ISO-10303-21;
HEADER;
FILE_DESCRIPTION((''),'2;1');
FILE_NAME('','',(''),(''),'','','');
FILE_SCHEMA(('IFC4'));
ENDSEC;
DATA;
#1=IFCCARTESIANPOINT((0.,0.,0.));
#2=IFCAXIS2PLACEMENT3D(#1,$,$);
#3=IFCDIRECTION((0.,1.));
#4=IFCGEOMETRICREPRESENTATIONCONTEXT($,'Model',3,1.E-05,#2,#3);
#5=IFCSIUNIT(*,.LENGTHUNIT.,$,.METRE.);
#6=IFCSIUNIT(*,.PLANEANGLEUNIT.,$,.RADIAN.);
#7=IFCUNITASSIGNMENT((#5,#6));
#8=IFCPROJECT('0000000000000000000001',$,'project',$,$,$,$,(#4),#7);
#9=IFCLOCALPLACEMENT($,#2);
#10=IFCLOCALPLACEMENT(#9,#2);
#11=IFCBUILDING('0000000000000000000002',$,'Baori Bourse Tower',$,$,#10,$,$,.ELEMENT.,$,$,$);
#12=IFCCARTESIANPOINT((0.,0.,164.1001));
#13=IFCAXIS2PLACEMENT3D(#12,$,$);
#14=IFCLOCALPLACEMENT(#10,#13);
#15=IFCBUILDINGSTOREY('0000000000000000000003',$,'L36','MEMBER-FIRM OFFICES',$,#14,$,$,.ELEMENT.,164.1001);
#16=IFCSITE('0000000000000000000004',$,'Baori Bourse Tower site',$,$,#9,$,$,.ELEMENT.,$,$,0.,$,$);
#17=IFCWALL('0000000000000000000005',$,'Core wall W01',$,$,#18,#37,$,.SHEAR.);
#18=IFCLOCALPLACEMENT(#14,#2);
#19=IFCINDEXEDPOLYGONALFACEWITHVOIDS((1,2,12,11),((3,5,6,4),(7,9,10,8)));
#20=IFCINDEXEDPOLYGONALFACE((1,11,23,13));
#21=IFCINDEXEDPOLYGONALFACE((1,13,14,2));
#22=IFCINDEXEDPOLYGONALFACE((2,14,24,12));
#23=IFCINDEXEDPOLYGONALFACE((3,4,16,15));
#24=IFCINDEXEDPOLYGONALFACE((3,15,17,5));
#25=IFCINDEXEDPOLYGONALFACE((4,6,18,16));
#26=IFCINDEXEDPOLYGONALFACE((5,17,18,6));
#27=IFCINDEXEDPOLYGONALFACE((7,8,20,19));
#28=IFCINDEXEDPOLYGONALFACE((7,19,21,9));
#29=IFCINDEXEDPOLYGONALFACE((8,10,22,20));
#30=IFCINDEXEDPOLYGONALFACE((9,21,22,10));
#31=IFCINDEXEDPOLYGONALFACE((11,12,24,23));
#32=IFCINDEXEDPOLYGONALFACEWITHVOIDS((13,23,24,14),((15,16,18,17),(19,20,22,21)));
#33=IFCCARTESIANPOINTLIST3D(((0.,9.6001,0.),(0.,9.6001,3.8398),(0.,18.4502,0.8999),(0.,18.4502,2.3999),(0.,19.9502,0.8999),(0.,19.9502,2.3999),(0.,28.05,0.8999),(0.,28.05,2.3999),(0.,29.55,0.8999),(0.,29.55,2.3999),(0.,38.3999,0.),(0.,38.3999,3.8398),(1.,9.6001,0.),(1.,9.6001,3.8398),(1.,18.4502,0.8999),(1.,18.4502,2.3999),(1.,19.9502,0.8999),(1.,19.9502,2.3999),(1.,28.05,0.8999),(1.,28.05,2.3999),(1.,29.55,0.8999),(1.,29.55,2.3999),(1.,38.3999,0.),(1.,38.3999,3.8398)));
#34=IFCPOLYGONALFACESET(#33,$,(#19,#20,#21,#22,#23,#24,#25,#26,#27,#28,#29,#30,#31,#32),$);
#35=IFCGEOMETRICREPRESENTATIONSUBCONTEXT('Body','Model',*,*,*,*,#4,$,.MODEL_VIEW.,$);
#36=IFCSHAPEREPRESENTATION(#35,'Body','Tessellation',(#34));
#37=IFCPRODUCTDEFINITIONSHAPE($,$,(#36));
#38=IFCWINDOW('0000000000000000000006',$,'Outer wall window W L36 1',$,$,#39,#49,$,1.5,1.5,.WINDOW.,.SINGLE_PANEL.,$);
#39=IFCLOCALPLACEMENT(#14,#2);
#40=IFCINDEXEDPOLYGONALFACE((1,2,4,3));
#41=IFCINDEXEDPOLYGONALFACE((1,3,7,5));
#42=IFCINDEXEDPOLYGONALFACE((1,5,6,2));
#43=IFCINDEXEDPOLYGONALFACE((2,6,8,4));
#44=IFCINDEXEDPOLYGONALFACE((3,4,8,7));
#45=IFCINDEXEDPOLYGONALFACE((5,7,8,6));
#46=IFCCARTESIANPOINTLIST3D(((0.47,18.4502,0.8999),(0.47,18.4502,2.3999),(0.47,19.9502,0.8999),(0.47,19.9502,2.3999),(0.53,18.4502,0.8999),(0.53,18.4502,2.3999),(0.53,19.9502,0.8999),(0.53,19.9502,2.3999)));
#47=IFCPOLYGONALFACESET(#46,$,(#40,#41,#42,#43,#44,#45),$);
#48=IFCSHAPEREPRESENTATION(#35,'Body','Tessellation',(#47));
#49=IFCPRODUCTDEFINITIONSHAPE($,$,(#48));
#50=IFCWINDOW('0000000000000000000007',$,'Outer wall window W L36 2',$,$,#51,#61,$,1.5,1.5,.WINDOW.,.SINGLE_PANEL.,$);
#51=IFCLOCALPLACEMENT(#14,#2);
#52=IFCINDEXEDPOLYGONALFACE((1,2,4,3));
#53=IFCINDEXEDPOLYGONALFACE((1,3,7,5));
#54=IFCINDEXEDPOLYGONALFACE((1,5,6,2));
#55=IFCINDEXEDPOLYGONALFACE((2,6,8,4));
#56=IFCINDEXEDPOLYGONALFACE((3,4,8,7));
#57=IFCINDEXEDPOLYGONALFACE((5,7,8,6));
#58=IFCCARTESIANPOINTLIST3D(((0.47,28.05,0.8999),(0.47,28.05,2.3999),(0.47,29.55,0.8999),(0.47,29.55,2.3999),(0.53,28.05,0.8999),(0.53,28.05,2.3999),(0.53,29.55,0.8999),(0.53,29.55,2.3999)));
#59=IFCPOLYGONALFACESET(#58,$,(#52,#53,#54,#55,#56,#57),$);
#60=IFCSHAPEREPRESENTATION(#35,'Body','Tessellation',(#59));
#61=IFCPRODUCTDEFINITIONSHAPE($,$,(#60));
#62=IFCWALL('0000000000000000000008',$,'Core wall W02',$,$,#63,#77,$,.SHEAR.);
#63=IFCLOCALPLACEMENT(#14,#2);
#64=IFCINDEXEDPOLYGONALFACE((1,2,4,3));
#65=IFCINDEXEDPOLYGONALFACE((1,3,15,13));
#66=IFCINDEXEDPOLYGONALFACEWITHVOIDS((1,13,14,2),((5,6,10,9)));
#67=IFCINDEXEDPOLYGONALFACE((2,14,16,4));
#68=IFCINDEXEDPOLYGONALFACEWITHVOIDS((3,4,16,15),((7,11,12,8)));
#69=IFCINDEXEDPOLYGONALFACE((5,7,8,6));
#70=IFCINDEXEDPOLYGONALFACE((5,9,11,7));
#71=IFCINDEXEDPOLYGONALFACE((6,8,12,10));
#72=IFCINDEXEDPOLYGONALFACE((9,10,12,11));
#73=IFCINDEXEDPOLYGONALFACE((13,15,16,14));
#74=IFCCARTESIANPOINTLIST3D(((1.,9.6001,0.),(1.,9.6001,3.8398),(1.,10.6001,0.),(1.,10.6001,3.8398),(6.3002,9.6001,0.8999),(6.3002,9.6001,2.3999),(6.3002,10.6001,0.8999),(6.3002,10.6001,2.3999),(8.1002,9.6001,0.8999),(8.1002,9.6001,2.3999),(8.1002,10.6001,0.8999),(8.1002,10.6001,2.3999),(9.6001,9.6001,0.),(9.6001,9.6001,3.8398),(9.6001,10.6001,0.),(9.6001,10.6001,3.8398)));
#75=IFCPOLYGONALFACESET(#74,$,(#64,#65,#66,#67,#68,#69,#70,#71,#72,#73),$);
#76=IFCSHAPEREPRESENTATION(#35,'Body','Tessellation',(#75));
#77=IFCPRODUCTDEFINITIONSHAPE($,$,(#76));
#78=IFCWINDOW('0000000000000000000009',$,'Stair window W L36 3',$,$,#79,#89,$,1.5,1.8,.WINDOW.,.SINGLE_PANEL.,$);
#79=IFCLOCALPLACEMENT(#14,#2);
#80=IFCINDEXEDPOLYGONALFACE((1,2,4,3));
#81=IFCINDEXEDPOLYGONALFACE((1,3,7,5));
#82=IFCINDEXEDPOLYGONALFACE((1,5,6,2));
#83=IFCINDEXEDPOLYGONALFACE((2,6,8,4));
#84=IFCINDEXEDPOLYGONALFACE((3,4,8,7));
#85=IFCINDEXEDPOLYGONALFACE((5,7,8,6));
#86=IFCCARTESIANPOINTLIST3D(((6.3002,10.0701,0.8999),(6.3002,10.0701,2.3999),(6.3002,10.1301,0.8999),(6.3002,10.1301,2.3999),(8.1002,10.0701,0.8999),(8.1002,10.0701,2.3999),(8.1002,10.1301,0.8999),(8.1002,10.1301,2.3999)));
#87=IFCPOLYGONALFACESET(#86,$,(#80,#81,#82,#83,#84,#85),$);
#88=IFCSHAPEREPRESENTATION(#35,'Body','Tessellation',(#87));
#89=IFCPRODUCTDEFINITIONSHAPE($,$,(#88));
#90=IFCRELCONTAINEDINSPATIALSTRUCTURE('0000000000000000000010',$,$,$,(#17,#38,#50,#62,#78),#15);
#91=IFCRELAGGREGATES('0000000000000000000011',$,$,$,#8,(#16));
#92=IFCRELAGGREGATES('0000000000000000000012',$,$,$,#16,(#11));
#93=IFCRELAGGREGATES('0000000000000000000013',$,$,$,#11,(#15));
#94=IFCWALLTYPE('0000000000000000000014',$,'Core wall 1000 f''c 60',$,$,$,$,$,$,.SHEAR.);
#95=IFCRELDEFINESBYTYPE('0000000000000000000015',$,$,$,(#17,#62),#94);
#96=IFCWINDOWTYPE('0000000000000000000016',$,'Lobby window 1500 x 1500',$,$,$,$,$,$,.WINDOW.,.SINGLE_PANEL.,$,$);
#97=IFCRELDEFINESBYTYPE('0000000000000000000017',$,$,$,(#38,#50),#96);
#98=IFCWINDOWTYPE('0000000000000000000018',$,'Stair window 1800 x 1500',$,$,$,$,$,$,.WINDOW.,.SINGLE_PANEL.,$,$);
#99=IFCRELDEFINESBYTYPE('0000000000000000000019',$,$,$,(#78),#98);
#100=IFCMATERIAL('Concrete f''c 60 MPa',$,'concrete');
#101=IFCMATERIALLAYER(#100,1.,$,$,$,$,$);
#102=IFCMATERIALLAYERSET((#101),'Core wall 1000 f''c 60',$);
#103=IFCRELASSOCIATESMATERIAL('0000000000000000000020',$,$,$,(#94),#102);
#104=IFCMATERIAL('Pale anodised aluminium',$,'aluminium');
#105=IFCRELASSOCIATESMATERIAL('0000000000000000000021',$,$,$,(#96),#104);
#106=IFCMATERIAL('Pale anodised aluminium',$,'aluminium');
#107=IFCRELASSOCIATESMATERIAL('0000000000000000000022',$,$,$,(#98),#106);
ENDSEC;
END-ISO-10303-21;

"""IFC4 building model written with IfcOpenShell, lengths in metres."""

from ifc_helpers import new_model, si_unit, direction, frame, frame_2d, origin, place, context, subcontext, project, spatial, rectangle, extrude, material, layer, layer_set, type_object, element, fill, save


model = new_model("IFC4")

# Units and contexts
model_context = context("Model", 3, precision=1e-05, world=origin(), true_north=direction((0.0, 1.0)))
body_context = subcontext(model_context, "Body", "Model", "MODEL_VIEW")
ifc_project = project(units=[si_unit("LENGTHUNIT", "METRE"), si_unit("PLANEANGLEUNIT", "RADIAN")], contexts=[model_context])

# Site, building, storey
site_placement = place(None, origin())
site = spatial("IfcSite", under=ifc_project, at=site_placement, Name="Baori Bourse Tower site", CompositionType="ELEMENT", RefElevation=0.0)
building_placement = place(site_placement, origin())
building = spatial("IfcBuilding", under=site, at=building_placement, Name="Baori Bourse Tower", CompositionType="ELEMENT")
storey_placement = place(building_placement, frame((0.0, 0.0, 164.1001)))
storey = spatial("IfcBuildingStorey", under=building, at=storey_placement, Name="L36", Description="MEMBER-FIRM OFFICES", CompositionType="ELEMENT", Elevation=164.1001)

# Wall, openings, windows
ifc_material_1 = material(Name="Concrete f'c 60 MPa", Category="concrete")
ifc_layer_1 = layer(ifc_material_1, 1.0)
ifc_layer_set_1 = layer_set([ifc_layer_1], Name="Core wall 1000 f'c 60")
wall_type_1 = type_object("IfcWallType", Name="Core wall 1000 f'c 60", PredefinedType="SHEAR", material=ifc_layer_set_1)
wall_1_placement = place(storey_placement, frame((0.5, 9.6001, 0.0), z_axis=(0.0, 0.0, 1.0), x_axis=(0.0, 1.0, 0.0)))
wall_1 = element("IfcWall", 1, at=wall_1_placement, inside=storey, type_object=wall_type_1, Name="Core wall W01", PredefinedType="SHEAR", context=body_context, shape_type="SweptSolid", body=[
    extrude(rectangle(XDim=28.7998, YDim=1.0, at=frame_2d((14.3999, 0.0))), origin(), (0.0, 0.0, 1.0), 3.8398),
])
opening_1_placement = place(wall_1_placement, frame((8.8501, 0.0, 0.8999)))
opening_1 = element("IfcOpeningElement", 2, at=opening_1_placement, cuts=wall_1, PredefinedType="OPENING", context=body_context, shape_type="SweptSolid", body=[
    extrude(rectangle(XDim=1.5, YDim=1.5, at=frame_2d((0.75, 0.75))), frame((0.0, 0.51, 0.0), z_axis=(0.0, -1.0, 0.0), x_axis=(1.0, 0.0, 0.0)), (0.0, 0.0, 1.0), 1.02),
])
opening_2_placement = place(wall_1_placement, frame((18.45, 0.0, 0.8999)))
opening_2 = element("IfcOpeningElement", 3, at=opening_2_placement, cuts=wall_1, PredefinedType="OPENING", context=body_context, shape_type="SweptSolid", body=[
    extrude(rectangle(XDim=1.5, YDim=1.5, at=frame_2d((0.75, 0.75))), frame((0.0, 0.51, 0.0), z_axis=(0.0, -1.0, 0.0), x_axis=(1.0, 0.0, 0.0)), (0.0, 0.0, 1.0), 1.02),
])
ifc_material_2 = material(Name="Pale anodised aluminium", Category="aluminium")
window_type_1 = type_object("IfcWindowType", Name="Lobby window 1500 x 1500", PartitioningType="SINGLE_PANEL", PredefinedType="WINDOW", material=ifc_material_2)
window_1_placement = place(opening_1_placement, origin())
window_1 = element("IfcWindow", 4, at=window_1_placement, inside=storey, type_object=window_type_1, Name="Outer wall window W L36 1", OverallHeight=1.5, OverallWidth=1.5, PartitioningType="SINGLE_PANEL", PredefinedType="WINDOW", context=body_context, shape_type="SweptSolid", body=[
    extrude(rectangle(XDim=1.5, YDim=1.5, at=frame_2d((0.75, 0.75))), frame((0.0, 0.03, 0.0), z_axis=(0.0, -1.0, 0.0), x_axis=(1.0, 0.0, 0.0)), (0.0, 0.0, 1.0), 0.0601),
])
fill(opening_1, window_1)
window_2_placement = place(opening_2_placement, origin())
window_2 = element("IfcWindow", 5, at=window_2_placement, inside=storey, type_object=window_type_1, Name="Outer wall window W L36 2", OverallHeight=1.5, OverallWidth=1.5, PartitioningType="SINGLE_PANEL", PredefinedType="WINDOW", context=body_context, shape_type="SweptSolid", body=[
    extrude(rectangle(XDim=1.5, YDim=1.5, at=frame_2d((0.75, 0.75))), frame((0.0, 0.03, 0.0), z_axis=(0.0, -1.0, 0.0), x_axis=(1.0, 0.0, 0.0)), (0.0, 0.0, 1.0), 0.0601),
])
fill(opening_2, window_2)

# Wall, opening, window
wall_2_placement = place(storey_placement, frame((9.6001, 10.1001, 0.0), z_axis=(0.0, 0.0, 1.0), x_axis=(-1.0, 0.0, 0.0)))
wall_2 = element("IfcWall", 6, at=wall_2_placement, inside=storey, type_object=wall_type_1, Name="Core wall W02", PredefinedType="SHEAR", context=body_context, shape_type="SweptSolid", body=[
    extrude(rectangle(XDim=8.6001, YDim=1.0, at=frame_2d((4.3, 0.0))), origin(), (0.0, 0.0, 1.0), 3.8398),
])
opening_3_placement = place(wall_2_placement, frame((1.5, 0.0, 0.8999)))
opening_3 = element("IfcOpeningElement", 7, at=opening_3_placement, cuts=wall_2, PredefinedType="OPENING", context=body_context, shape_type="SweptSolid", body=[
    extrude(rectangle(XDim=1.8, YDim=1.5, at=frame_2d((0.8999, 0.75))), frame((0.0, 0.51, 0.0), z_axis=(0.0, -1.0, 0.0), x_axis=(1.0, 0.0, 0.0)), (0.0, 0.0, 1.0), 1.02),
])
ifc_material_3 = material(Name="Pale anodised aluminium", Category="aluminium")
window_type_2 = type_object("IfcWindowType", Name="Stair window 1800 x 1500", PartitioningType="SINGLE_PANEL", PredefinedType="WINDOW", material=ifc_material_3)
window_3_placement = place(opening_3_placement, origin())
window_3 = element("IfcWindow", 8, at=window_3_placement, inside=storey, type_object=window_type_2, Name="Stair window W L36 3", OverallHeight=1.5, OverallWidth=1.8, PartitioningType="SINGLE_PANEL", PredefinedType="WINDOW", context=body_context, shape_type="SweptSolid", body=[
    extrude(rectangle(XDim=1.8, YDim=1.5, at=frame_2d((0.8999, 0.75))), frame((0.0, 0.03, 0.0), z_axis=(0.0, -1.0, 0.0), x_axis=(1.0, 0.0, 0.0)), (0.0, 0.0, 1.0), 0.0601),
])
fill(opening_3, window_3)

save(model, "model.ifc")
